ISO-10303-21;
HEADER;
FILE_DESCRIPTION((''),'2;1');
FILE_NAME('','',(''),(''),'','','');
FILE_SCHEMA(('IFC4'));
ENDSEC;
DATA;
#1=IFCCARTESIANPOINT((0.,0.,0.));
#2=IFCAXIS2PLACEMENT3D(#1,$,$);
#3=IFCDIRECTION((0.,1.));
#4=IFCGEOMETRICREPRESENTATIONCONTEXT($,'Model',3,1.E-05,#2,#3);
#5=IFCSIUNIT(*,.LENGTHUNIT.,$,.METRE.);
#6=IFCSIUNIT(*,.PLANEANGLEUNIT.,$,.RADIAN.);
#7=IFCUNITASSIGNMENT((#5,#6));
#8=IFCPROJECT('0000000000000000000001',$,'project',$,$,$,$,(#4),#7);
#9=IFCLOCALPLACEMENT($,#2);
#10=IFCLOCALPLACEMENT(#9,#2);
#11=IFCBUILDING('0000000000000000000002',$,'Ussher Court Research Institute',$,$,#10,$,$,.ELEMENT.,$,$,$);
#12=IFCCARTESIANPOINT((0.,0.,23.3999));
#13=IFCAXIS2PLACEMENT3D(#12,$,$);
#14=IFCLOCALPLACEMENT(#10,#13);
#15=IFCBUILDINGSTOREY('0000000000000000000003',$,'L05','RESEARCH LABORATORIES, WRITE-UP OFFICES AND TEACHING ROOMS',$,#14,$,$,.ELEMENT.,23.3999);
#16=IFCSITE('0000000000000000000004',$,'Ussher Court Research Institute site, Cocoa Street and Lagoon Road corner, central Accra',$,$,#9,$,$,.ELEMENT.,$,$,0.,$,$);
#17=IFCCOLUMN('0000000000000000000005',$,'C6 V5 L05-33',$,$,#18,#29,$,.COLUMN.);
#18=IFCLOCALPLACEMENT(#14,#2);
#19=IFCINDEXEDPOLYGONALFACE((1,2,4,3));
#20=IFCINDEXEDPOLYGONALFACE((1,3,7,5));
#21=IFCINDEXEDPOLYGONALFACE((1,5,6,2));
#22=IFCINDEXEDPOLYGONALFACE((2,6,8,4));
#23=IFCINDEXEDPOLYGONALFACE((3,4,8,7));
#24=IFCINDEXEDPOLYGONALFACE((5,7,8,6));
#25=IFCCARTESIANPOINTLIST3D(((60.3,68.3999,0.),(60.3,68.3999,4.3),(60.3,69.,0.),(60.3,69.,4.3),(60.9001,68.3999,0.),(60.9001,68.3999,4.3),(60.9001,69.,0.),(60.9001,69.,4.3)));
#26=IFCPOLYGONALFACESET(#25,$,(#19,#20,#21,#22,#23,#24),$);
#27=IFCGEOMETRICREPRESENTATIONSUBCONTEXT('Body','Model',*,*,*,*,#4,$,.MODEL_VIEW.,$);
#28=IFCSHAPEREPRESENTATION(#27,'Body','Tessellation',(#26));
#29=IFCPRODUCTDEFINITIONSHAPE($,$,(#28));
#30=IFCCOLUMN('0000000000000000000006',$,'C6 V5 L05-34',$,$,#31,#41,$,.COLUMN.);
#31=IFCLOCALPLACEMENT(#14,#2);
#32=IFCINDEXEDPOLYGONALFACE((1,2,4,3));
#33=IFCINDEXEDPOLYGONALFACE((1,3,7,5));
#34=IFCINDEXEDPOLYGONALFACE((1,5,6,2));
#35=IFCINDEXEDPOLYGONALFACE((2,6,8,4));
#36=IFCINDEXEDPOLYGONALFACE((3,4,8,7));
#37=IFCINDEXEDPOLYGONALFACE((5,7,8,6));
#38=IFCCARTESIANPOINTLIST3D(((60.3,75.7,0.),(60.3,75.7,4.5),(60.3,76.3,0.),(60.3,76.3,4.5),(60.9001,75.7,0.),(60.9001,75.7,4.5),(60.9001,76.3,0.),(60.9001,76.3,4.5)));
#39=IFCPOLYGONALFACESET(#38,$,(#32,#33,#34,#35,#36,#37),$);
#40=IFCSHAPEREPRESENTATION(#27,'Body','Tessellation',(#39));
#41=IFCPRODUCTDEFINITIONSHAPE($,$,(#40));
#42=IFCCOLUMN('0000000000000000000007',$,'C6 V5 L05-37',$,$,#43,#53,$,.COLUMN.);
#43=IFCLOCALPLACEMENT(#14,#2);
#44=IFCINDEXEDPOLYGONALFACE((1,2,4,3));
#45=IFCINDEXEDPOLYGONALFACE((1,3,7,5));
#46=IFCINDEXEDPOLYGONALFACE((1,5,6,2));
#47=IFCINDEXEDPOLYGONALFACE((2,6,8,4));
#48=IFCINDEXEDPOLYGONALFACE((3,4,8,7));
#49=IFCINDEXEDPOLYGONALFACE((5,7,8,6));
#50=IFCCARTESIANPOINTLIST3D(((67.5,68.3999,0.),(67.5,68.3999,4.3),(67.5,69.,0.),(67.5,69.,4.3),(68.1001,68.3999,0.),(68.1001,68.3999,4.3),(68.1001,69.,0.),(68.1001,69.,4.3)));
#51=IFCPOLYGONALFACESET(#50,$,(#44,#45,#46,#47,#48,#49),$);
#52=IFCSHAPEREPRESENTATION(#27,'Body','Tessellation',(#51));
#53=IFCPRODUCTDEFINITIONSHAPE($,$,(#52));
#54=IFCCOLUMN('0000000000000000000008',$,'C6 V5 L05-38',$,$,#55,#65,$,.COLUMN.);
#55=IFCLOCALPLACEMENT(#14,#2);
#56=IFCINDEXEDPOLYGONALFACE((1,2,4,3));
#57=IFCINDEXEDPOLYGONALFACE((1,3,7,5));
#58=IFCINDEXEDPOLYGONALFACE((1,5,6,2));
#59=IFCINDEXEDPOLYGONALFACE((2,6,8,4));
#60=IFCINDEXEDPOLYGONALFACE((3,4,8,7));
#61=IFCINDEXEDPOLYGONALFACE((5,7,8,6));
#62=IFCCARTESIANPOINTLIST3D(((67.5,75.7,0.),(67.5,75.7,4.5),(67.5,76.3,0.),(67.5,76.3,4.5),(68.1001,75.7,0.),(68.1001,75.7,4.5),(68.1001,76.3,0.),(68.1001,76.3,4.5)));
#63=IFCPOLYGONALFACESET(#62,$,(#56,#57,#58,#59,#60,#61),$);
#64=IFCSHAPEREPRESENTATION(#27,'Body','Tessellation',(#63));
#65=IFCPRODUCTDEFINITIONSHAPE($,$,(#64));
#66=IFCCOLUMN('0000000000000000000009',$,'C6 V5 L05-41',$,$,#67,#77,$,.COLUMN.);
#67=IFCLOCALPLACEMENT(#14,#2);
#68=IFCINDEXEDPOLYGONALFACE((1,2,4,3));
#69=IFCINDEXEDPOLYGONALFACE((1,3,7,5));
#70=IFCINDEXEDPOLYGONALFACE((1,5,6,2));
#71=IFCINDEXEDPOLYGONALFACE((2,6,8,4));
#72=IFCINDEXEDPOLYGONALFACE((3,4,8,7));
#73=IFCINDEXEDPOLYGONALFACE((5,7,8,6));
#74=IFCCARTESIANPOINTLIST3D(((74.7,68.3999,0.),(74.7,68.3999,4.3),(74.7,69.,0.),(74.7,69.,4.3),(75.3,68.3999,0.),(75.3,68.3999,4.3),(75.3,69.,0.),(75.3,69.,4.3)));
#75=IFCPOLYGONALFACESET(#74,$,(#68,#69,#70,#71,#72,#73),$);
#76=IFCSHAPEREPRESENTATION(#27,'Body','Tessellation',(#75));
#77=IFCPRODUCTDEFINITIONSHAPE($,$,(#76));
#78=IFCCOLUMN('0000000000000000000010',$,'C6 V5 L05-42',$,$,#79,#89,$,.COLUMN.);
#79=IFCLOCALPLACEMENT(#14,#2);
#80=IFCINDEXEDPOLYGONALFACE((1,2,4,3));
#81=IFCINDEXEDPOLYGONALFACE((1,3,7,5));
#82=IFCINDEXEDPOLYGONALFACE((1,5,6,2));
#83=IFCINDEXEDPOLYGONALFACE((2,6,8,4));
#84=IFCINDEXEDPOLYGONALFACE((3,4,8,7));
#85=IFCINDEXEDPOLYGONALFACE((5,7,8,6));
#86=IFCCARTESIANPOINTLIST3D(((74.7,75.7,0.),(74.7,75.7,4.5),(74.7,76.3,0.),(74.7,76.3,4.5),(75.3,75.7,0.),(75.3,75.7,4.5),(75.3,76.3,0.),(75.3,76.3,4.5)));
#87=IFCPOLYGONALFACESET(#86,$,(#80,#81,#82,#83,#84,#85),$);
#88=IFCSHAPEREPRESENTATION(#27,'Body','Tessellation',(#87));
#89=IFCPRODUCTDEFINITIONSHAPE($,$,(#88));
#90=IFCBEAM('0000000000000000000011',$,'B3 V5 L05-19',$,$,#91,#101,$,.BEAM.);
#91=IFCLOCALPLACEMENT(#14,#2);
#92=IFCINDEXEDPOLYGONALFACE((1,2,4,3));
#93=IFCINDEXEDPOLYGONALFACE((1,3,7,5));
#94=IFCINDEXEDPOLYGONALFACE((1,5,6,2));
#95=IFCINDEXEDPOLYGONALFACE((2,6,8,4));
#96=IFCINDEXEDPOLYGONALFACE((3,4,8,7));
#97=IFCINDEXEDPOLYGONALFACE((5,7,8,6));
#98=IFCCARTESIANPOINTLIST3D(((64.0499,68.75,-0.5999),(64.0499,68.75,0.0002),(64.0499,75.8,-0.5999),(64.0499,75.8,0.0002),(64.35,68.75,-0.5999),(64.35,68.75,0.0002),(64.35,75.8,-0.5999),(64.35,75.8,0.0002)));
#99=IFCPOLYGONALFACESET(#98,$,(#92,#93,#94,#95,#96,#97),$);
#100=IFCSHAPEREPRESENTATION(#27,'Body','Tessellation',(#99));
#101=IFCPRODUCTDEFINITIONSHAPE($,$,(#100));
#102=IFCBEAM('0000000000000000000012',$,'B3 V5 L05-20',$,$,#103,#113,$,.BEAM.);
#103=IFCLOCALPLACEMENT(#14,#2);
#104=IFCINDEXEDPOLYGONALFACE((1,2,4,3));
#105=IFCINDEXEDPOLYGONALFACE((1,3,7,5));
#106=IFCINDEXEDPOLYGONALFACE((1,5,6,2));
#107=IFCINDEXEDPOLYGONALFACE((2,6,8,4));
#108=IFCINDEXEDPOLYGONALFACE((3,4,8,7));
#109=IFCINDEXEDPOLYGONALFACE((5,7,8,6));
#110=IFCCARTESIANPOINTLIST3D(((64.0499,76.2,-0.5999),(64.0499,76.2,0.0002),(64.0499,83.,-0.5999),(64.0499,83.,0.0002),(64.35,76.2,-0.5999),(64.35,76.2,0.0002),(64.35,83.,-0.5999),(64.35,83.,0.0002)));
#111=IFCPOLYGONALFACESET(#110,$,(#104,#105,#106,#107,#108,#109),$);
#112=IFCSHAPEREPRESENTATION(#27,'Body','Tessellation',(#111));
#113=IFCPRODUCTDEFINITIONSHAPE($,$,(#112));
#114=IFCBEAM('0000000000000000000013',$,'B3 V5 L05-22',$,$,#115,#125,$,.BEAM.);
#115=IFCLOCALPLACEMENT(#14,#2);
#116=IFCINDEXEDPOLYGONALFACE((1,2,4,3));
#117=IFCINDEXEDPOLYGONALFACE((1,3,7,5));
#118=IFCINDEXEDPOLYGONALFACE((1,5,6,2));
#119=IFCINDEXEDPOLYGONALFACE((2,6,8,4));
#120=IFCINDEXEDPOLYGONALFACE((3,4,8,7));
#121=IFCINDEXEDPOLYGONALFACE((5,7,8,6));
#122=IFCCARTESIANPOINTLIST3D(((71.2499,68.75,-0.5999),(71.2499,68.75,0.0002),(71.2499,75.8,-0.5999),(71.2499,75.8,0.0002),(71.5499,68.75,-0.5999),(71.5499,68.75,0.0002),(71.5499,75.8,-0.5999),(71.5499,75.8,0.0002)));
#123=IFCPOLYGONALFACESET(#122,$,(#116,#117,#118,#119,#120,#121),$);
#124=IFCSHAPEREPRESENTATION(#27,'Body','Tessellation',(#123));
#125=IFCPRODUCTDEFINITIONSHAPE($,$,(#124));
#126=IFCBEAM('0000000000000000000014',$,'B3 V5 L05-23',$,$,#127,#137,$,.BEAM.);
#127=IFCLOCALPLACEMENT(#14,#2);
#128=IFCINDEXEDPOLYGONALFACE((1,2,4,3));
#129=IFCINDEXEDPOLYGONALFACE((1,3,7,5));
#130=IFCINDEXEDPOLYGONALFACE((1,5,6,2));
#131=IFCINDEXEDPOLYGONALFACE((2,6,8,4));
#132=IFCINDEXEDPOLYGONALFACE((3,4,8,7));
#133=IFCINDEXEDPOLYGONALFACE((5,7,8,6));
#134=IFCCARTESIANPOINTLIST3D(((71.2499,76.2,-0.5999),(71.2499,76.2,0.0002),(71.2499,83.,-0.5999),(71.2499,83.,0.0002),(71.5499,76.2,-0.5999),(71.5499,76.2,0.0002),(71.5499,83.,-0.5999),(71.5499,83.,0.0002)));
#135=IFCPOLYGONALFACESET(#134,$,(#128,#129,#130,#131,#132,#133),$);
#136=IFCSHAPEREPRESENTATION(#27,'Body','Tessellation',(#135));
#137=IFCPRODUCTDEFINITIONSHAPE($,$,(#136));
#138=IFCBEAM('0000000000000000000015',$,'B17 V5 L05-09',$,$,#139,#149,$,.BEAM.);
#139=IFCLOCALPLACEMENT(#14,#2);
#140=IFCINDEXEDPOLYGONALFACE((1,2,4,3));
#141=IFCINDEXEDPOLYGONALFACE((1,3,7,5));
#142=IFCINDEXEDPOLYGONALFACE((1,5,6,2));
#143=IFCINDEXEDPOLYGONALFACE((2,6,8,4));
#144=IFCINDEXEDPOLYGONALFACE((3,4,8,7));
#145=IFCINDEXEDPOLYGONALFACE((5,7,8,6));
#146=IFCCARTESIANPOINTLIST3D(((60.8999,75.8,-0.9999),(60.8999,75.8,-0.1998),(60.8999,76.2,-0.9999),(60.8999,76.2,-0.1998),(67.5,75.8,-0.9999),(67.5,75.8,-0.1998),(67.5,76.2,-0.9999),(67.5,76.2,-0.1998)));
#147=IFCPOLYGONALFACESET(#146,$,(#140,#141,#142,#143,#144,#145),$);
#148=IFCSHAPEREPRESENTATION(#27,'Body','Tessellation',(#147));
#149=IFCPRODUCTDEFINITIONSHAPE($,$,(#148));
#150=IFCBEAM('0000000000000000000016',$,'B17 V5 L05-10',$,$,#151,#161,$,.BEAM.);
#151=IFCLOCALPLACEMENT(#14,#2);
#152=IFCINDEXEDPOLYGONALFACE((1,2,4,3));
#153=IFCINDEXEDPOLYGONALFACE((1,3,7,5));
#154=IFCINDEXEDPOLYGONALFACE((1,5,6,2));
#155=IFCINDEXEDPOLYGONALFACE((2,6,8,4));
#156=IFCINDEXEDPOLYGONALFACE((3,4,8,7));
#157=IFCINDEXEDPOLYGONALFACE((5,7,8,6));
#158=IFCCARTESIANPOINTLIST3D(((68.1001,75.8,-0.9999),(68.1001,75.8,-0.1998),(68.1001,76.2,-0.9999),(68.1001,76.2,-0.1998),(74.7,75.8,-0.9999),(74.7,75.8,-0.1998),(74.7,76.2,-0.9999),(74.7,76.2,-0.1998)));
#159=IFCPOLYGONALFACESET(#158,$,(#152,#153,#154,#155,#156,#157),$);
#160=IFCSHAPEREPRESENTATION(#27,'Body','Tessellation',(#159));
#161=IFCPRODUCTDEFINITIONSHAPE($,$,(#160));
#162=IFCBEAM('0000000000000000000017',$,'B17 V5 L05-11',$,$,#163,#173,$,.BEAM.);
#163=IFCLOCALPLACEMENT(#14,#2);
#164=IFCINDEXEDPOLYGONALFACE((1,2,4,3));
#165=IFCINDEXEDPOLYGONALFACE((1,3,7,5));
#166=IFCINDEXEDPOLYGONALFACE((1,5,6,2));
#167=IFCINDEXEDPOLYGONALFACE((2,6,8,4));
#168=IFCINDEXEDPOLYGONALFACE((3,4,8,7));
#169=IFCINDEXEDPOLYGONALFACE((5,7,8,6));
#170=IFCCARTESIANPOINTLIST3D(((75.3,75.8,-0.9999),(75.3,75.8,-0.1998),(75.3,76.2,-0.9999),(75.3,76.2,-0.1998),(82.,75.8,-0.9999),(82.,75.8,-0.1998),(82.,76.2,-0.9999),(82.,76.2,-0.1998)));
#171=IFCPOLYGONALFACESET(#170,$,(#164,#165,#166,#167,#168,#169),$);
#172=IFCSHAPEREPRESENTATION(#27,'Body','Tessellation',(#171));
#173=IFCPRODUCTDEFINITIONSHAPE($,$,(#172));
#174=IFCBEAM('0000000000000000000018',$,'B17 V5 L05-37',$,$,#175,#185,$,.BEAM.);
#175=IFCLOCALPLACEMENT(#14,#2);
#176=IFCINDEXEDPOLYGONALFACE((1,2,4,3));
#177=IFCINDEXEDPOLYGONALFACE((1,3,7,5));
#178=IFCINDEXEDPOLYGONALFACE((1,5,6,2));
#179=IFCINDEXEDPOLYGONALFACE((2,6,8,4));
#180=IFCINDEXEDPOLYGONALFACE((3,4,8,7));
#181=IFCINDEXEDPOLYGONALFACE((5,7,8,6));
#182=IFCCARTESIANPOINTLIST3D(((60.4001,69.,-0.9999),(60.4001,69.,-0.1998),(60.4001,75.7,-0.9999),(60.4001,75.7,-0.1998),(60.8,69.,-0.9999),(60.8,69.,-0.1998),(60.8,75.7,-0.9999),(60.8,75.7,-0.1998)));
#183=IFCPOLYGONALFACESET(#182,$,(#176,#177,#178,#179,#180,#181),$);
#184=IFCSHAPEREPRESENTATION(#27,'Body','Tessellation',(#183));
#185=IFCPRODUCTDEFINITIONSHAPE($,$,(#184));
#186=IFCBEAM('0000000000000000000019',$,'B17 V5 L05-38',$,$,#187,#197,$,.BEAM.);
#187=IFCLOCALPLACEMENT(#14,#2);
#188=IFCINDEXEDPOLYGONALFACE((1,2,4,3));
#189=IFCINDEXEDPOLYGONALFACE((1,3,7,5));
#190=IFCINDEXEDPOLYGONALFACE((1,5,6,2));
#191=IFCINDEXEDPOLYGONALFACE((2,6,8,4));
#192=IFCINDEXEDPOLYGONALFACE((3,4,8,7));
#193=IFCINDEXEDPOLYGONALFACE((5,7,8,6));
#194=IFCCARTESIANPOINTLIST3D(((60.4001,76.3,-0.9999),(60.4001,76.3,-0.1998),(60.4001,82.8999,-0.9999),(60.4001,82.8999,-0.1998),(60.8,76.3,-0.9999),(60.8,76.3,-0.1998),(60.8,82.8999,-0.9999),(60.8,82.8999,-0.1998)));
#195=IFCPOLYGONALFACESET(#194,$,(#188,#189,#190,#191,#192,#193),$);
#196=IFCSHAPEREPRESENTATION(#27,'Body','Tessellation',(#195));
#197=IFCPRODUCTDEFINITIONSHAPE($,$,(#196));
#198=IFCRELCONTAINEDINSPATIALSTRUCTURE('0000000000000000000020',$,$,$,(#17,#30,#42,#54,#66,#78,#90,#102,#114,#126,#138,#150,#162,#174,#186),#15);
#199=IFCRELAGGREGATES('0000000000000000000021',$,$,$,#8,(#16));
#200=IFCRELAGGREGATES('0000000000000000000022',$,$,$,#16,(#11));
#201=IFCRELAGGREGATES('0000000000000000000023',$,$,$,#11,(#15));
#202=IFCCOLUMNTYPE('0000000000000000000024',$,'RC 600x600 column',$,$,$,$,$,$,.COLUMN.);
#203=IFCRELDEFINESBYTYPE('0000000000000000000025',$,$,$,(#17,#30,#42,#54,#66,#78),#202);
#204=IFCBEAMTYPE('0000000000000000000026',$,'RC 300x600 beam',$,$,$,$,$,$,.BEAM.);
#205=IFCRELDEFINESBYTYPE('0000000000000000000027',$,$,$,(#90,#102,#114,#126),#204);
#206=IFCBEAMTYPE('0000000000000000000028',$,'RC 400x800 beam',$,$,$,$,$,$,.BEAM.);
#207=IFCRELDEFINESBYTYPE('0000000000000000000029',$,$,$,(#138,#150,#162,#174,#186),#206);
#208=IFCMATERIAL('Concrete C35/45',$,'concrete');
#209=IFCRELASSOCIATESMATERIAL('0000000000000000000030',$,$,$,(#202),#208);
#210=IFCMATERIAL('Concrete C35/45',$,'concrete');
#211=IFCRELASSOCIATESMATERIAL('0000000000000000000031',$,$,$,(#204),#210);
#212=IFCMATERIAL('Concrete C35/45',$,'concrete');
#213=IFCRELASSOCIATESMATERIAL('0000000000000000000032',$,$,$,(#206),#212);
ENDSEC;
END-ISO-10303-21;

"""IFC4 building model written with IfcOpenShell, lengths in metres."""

from ifc_helpers import new_model, si_unit, direction, frame, origin, origin_2d, place, context, subcontext, project, spatial, rectangle, extrude, material, material_profile, profile_set, type_object, element, save


model = new_model("IFC4")

# Units and contexts
model_context = context("Model", 3, precision=1e-05, world=origin(), true_north=direction((0.0, 1.0)))
body_context = subcontext(model_context, "Body", "Model", "MODEL_VIEW")
ifc_project = project(units=[si_unit("LENGTHUNIT", "METRE"), si_unit("PLANEANGLEUNIT", "RADIAN")], contexts=[model_context])

# Site, building, storey
site_placement = place(None, origin())
site = spatial("IfcSite", under=ifc_project, at=site_placement, Name="Ussher Court Research Institute site, Cocoa Street and Lagoon Road corner, central Accra", CompositionType="ELEMENT", RefElevation=0.0)
building_placement = place(site_placement, origin())
building = spatial("IfcBuilding", under=site, at=building_placement, Name="Ussher Court Research Institute", CompositionType="ELEMENT")
storey_placement = place(building_placement, frame((0.0, 0.0, 23.3999)))
storey = spatial("IfcBuildingStorey", under=building, at=storey_placement, Name="L05", Description="RESEARCH LABORATORIES, WRITE-UP OFFICES AND TEACHING ROOMS", CompositionType="ELEMENT", Elevation=23.3999)

# Columns
ifc_material_1 = material(Name="Concrete C35/45", Category="concrete")
ifc_material_profile_1 = material_profile(ifc_material_1, rectangle(XDim=0.6001, YDim=0.6001, at=origin_2d()), Name="RC 600x600")
ifc_profile_set_1 = profile_set([ifc_material_profile_1], Name="Concrete C35/45")
column_type = type_object("IfcColumnType", Name="RC 600x600 column", PredefinedType="COLUMN", material=ifc_profile_set_1)
column_1_placement = place(storey_placement, frame((60.6001, 68.7, 0.0), z_axis=(0.0, 0.0, 1.0), x_axis=(1.0, 0.0, 0.0)))
element("IfcColumn", 1, at=column_1_placement, inside=storey, type_object=column_type, Name="C6 V5 L05-33", PredefinedType="COLUMN", context=body_context, shape_type="SweptSolid", body=[
    extrude(rectangle(XDim=0.6001, YDim=0.6001, at=origin_2d()), origin(), (0.0, 0.0, 1.0), 4.3),
])
column_2_placement = place(storey_placement, frame((60.6001, 76.0, 0.0), z_axis=(0.0, 0.0, 1.0), x_axis=(1.0, 0.0, 0.0)))
element("IfcColumn", 2, at=column_2_placement, inside=storey, type_object=column_type, Name="C6 V5 L05-34", PredefinedType="COLUMN", context=body_context, shape_type="SweptSolid", body=[
    extrude(rectangle(XDim=0.6001, YDim=0.6001, at=origin_2d()), origin(), (0.0, 0.0, 1.0), 4.5),
])
column_3_placement = place(storey_placement, frame((67.8, 68.7, 0.0), z_axis=(0.0, 0.0, 1.0), x_axis=(1.0, 0.0, 0.0)))
element("IfcColumn", 3, at=column_3_placement, inside=storey, type_object=column_type, Name="C6 V5 L05-37", PredefinedType="COLUMN", context=body_context, shape_type="SweptSolid", body=[
    extrude(rectangle(XDim=0.6001, YDim=0.6001, at=origin_2d()), origin(), (0.0, 0.0, 1.0), 4.3),
])
column_4_placement = place(storey_placement, frame((67.8, 76.0, 0.0), z_axis=(0.0, 0.0, 1.0), x_axis=(1.0, 0.0, 0.0)))
element("IfcColumn", 4, at=column_4_placement, inside=storey, type_object=column_type, Name="C6 V5 L05-38", PredefinedType="COLUMN", context=body_context, shape_type="SweptSolid", body=[
    extrude(rectangle(XDim=0.6001, YDim=0.6001, at=origin_2d()), origin(), (0.0, 0.0, 1.0), 4.5),
])
column_5_placement = place(storey_placement, frame((75.0, 68.7, 0.0), z_axis=(0.0, 0.0, 1.0), x_axis=(1.0, 0.0, 0.0)))
element("IfcColumn", 5, at=column_5_placement, inside=storey, type_object=column_type, Name="C6 V5 L05-41", PredefinedType="COLUMN", context=body_context, shape_type="SweptSolid", body=[
    extrude(rectangle(XDim=0.6001, YDim=0.6001, at=origin_2d()), origin(), (0.0, 0.0, 1.0), 4.3),
])
column_6_placement = place(storey_placement, frame((75.0, 76.0, 0.0), z_axis=(0.0, 0.0, 1.0), x_axis=(1.0, 0.0, 0.0)))
element("IfcColumn", 6, at=column_6_placement, inside=storey, type_object=column_type, Name="C6 V5 L05-42", PredefinedType="COLUMN", context=body_context, shape_type="SweptSolid", body=[
    extrude(rectangle(XDim=0.6001, YDim=0.6001, at=origin_2d()), origin(), (0.0, 0.0, 1.0), 4.5),
])

# Beams
ifc_material_2 = material(Name="Concrete C35/45", Category="concrete")
ifc_material_profile_2 = material_profile(ifc_material_2, rectangle(XDim=0.3, YDim=0.6001, at=origin_2d()), Name="RC 300x600")
ifc_profile_set_2 = profile_set([ifc_material_profile_2], Name="Concrete C35/45")
beam_type_1 = type_object("IfcBeamType", Name="RC 300x600 beam", PredefinedType="BEAM", material=ifc_profile_set_2)
beam_1_placement = place(storey_placement, frame((64.2, 68.75, -0.2998), z_axis=(0.0, 1.0, 0.0), x_axis=(-1.0, 0.0, 0.0)))
element("IfcBeam", 7, at=beam_1_placement, inside=storey, type_object=beam_type_1, Name="B3 V5 L05-19", PredefinedType="BEAM", context=body_context, shape_type="SweptSolid", body=[
    extrude(rectangle(XDim=0.3, YDim=0.6001, at=origin_2d()), origin(), (0.0, 0.0, 1.0), 7.05),
])
beam_2_placement = place(storey_placement, frame((64.2, 76.2, -0.2998), z_axis=(0.0, 1.0, 0.0), x_axis=(-1.0, 0.0, 0.0)))
element("IfcBeam", 8, at=beam_2_placement, inside=storey, type_object=beam_type_1, Name="B3 V5 L05-20", PredefinedType="BEAM", context=body_context, shape_type="SweptSolid", body=[
    extrude(rectangle(XDim=0.3, YDim=0.6001, at=origin_2d()), origin(), (0.0, 0.0, 1.0), 6.8),
])
beam_3_placement = place(storey_placement, frame((71.3999, 68.75, -0.2998), z_axis=(0.0, 1.0, 0.0), x_axis=(-1.0, 0.0, 0.0)))
element("IfcBeam", 9, at=beam_3_placement, inside=storey, type_object=beam_type_1, Name="B3 V5 L05-22", PredefinedType="BEAM", context=body_context, shape_type="SweptSolid", body=[
    extrude(rectangle(XDim=0.3, YDim=0.6001, at=origin_2d()), origin(), (0.0, 0.0, 1.0), 7.05),
])
beam_4_placement = place(storey_placement, frame((71.3999, 76.2, -0.2998), z_axis=(0.0, 1.0, 0.0), x_axis=(-1.0, 0.0, 0.0)))
element("IfcBeam", 10, at=beam_4_placement, inside=storey, type_object=beam_type_1, Name="B3 V5 L05-23", PredefinedType="BEAM", context=body_context, shape_type="SweptSolid", body=[
    extrude(rectangle(XDim=0.3, YDim=0.6001, at=origin_2d()), origin(), (0.0, 0.0, 1.0), 6.8),
])
ifc_material_3 = material(Name="Concrete C35/45", Category="concrete")
ifc_material_profile_3 = material_profile(ifc_material_3, rectangle(XDim=0.3999, YDim=0.8, at=origin_2d()), Name="RC 400x800")
ifc_profile_set_3 = profile_set([ifc_material_profile_3], Name="Concrete C35/45")
beam_type_2 = type_object("IfcBeamType", Name="RC 400x800 beam", PredefinedType="BEAM", material=ifc_profile_set_3)
beam_5_placement = place(storey_placement, frame((60.8999, 76.0, -0.5999), z_axis=(1.0, 0.0, 0.0), x_axis=(0.0, 1.0, 0.0)))
element("IfcBeam", 11, at=beam_5_placement, inside=storey, type_object=beam_type_2, Name="B17 V5 L05-09", PredefinedType="BEAM", context=body_context, shape_type="SweptSolid", body=[
    extrude(rectangle(XDim=0.3999, YDim=0.8, at=origin_2d()), origin(), (0.0, 0.0, 1.0), 6.6001),
])
beam_6_placement = place(storey_placement, frame((68.1001, 76.0, -0.5999), z_axis=(1.0, 0.0, 0.0), x_axis=(0.0, 1.0, 0.0)))
element("IfcBeam", 12, at=beam_6_placement, inside=storey, type_object=beam_type_2, Name="B17 V5 L05-10", PredefinedType="BEAM", context=body_context, shape_type="SweptSolid", body=[
    extrude(rectangle(XDim=0.3999, YDim=0.8, at=origin_2d()), origin(), (0.0, 0.0, 1.0), 6.5999),
])
for number, where, z_axis, x_axis, name in (
    (13, (75.3, 76.0, -0.5999), (1.0, 0.0, 0.0), (0.0, 1.0, 0.0), "B17 V5 L05-11"),
    (14, (60.6001, 69.0, -0.5999), (0.0, 1.0, 0.0), (-1.0, 0.0, 0.0), "B17 V5 L05-37"),
):
    element("IfcBeam", number, at=place(storey_placement, frame(where, z_axis=z_axis, x_axis=x_axis)), inside=storey, type_object=beam_type_2, Name=name, PredefinedType="BEAM", context=body_context, shape_type="SweptSolid", body=[
        extrude(rectangle(XDim=0.3999, YDim=0.8, at=origin_2d()), origin(), (0.0, 0.0, 1.0), 6.7),
    ])
beam_7_placement = place(storey_placement, frame((60.6001, 76.3, -0.5999), z_axis=(0.0, 1.0, 0.0), x_axis=(-1.0, 0.0, 0.0)))
element("IfcBeam", 15, at=beam_7_placement, inside=storey, type_object=beam_type_2, Name="B17 V5 L05-38", PredefinedType="BEAM", context=body_context, shape_type="SweptSolid", body=[
    extrude(rectangle(XDim=0.3999, YDim=0.8, at=origin_2d()), origin(), (0.0, 0.0, 1.0), 6.5999),
])

save(model, "model.ifc")
